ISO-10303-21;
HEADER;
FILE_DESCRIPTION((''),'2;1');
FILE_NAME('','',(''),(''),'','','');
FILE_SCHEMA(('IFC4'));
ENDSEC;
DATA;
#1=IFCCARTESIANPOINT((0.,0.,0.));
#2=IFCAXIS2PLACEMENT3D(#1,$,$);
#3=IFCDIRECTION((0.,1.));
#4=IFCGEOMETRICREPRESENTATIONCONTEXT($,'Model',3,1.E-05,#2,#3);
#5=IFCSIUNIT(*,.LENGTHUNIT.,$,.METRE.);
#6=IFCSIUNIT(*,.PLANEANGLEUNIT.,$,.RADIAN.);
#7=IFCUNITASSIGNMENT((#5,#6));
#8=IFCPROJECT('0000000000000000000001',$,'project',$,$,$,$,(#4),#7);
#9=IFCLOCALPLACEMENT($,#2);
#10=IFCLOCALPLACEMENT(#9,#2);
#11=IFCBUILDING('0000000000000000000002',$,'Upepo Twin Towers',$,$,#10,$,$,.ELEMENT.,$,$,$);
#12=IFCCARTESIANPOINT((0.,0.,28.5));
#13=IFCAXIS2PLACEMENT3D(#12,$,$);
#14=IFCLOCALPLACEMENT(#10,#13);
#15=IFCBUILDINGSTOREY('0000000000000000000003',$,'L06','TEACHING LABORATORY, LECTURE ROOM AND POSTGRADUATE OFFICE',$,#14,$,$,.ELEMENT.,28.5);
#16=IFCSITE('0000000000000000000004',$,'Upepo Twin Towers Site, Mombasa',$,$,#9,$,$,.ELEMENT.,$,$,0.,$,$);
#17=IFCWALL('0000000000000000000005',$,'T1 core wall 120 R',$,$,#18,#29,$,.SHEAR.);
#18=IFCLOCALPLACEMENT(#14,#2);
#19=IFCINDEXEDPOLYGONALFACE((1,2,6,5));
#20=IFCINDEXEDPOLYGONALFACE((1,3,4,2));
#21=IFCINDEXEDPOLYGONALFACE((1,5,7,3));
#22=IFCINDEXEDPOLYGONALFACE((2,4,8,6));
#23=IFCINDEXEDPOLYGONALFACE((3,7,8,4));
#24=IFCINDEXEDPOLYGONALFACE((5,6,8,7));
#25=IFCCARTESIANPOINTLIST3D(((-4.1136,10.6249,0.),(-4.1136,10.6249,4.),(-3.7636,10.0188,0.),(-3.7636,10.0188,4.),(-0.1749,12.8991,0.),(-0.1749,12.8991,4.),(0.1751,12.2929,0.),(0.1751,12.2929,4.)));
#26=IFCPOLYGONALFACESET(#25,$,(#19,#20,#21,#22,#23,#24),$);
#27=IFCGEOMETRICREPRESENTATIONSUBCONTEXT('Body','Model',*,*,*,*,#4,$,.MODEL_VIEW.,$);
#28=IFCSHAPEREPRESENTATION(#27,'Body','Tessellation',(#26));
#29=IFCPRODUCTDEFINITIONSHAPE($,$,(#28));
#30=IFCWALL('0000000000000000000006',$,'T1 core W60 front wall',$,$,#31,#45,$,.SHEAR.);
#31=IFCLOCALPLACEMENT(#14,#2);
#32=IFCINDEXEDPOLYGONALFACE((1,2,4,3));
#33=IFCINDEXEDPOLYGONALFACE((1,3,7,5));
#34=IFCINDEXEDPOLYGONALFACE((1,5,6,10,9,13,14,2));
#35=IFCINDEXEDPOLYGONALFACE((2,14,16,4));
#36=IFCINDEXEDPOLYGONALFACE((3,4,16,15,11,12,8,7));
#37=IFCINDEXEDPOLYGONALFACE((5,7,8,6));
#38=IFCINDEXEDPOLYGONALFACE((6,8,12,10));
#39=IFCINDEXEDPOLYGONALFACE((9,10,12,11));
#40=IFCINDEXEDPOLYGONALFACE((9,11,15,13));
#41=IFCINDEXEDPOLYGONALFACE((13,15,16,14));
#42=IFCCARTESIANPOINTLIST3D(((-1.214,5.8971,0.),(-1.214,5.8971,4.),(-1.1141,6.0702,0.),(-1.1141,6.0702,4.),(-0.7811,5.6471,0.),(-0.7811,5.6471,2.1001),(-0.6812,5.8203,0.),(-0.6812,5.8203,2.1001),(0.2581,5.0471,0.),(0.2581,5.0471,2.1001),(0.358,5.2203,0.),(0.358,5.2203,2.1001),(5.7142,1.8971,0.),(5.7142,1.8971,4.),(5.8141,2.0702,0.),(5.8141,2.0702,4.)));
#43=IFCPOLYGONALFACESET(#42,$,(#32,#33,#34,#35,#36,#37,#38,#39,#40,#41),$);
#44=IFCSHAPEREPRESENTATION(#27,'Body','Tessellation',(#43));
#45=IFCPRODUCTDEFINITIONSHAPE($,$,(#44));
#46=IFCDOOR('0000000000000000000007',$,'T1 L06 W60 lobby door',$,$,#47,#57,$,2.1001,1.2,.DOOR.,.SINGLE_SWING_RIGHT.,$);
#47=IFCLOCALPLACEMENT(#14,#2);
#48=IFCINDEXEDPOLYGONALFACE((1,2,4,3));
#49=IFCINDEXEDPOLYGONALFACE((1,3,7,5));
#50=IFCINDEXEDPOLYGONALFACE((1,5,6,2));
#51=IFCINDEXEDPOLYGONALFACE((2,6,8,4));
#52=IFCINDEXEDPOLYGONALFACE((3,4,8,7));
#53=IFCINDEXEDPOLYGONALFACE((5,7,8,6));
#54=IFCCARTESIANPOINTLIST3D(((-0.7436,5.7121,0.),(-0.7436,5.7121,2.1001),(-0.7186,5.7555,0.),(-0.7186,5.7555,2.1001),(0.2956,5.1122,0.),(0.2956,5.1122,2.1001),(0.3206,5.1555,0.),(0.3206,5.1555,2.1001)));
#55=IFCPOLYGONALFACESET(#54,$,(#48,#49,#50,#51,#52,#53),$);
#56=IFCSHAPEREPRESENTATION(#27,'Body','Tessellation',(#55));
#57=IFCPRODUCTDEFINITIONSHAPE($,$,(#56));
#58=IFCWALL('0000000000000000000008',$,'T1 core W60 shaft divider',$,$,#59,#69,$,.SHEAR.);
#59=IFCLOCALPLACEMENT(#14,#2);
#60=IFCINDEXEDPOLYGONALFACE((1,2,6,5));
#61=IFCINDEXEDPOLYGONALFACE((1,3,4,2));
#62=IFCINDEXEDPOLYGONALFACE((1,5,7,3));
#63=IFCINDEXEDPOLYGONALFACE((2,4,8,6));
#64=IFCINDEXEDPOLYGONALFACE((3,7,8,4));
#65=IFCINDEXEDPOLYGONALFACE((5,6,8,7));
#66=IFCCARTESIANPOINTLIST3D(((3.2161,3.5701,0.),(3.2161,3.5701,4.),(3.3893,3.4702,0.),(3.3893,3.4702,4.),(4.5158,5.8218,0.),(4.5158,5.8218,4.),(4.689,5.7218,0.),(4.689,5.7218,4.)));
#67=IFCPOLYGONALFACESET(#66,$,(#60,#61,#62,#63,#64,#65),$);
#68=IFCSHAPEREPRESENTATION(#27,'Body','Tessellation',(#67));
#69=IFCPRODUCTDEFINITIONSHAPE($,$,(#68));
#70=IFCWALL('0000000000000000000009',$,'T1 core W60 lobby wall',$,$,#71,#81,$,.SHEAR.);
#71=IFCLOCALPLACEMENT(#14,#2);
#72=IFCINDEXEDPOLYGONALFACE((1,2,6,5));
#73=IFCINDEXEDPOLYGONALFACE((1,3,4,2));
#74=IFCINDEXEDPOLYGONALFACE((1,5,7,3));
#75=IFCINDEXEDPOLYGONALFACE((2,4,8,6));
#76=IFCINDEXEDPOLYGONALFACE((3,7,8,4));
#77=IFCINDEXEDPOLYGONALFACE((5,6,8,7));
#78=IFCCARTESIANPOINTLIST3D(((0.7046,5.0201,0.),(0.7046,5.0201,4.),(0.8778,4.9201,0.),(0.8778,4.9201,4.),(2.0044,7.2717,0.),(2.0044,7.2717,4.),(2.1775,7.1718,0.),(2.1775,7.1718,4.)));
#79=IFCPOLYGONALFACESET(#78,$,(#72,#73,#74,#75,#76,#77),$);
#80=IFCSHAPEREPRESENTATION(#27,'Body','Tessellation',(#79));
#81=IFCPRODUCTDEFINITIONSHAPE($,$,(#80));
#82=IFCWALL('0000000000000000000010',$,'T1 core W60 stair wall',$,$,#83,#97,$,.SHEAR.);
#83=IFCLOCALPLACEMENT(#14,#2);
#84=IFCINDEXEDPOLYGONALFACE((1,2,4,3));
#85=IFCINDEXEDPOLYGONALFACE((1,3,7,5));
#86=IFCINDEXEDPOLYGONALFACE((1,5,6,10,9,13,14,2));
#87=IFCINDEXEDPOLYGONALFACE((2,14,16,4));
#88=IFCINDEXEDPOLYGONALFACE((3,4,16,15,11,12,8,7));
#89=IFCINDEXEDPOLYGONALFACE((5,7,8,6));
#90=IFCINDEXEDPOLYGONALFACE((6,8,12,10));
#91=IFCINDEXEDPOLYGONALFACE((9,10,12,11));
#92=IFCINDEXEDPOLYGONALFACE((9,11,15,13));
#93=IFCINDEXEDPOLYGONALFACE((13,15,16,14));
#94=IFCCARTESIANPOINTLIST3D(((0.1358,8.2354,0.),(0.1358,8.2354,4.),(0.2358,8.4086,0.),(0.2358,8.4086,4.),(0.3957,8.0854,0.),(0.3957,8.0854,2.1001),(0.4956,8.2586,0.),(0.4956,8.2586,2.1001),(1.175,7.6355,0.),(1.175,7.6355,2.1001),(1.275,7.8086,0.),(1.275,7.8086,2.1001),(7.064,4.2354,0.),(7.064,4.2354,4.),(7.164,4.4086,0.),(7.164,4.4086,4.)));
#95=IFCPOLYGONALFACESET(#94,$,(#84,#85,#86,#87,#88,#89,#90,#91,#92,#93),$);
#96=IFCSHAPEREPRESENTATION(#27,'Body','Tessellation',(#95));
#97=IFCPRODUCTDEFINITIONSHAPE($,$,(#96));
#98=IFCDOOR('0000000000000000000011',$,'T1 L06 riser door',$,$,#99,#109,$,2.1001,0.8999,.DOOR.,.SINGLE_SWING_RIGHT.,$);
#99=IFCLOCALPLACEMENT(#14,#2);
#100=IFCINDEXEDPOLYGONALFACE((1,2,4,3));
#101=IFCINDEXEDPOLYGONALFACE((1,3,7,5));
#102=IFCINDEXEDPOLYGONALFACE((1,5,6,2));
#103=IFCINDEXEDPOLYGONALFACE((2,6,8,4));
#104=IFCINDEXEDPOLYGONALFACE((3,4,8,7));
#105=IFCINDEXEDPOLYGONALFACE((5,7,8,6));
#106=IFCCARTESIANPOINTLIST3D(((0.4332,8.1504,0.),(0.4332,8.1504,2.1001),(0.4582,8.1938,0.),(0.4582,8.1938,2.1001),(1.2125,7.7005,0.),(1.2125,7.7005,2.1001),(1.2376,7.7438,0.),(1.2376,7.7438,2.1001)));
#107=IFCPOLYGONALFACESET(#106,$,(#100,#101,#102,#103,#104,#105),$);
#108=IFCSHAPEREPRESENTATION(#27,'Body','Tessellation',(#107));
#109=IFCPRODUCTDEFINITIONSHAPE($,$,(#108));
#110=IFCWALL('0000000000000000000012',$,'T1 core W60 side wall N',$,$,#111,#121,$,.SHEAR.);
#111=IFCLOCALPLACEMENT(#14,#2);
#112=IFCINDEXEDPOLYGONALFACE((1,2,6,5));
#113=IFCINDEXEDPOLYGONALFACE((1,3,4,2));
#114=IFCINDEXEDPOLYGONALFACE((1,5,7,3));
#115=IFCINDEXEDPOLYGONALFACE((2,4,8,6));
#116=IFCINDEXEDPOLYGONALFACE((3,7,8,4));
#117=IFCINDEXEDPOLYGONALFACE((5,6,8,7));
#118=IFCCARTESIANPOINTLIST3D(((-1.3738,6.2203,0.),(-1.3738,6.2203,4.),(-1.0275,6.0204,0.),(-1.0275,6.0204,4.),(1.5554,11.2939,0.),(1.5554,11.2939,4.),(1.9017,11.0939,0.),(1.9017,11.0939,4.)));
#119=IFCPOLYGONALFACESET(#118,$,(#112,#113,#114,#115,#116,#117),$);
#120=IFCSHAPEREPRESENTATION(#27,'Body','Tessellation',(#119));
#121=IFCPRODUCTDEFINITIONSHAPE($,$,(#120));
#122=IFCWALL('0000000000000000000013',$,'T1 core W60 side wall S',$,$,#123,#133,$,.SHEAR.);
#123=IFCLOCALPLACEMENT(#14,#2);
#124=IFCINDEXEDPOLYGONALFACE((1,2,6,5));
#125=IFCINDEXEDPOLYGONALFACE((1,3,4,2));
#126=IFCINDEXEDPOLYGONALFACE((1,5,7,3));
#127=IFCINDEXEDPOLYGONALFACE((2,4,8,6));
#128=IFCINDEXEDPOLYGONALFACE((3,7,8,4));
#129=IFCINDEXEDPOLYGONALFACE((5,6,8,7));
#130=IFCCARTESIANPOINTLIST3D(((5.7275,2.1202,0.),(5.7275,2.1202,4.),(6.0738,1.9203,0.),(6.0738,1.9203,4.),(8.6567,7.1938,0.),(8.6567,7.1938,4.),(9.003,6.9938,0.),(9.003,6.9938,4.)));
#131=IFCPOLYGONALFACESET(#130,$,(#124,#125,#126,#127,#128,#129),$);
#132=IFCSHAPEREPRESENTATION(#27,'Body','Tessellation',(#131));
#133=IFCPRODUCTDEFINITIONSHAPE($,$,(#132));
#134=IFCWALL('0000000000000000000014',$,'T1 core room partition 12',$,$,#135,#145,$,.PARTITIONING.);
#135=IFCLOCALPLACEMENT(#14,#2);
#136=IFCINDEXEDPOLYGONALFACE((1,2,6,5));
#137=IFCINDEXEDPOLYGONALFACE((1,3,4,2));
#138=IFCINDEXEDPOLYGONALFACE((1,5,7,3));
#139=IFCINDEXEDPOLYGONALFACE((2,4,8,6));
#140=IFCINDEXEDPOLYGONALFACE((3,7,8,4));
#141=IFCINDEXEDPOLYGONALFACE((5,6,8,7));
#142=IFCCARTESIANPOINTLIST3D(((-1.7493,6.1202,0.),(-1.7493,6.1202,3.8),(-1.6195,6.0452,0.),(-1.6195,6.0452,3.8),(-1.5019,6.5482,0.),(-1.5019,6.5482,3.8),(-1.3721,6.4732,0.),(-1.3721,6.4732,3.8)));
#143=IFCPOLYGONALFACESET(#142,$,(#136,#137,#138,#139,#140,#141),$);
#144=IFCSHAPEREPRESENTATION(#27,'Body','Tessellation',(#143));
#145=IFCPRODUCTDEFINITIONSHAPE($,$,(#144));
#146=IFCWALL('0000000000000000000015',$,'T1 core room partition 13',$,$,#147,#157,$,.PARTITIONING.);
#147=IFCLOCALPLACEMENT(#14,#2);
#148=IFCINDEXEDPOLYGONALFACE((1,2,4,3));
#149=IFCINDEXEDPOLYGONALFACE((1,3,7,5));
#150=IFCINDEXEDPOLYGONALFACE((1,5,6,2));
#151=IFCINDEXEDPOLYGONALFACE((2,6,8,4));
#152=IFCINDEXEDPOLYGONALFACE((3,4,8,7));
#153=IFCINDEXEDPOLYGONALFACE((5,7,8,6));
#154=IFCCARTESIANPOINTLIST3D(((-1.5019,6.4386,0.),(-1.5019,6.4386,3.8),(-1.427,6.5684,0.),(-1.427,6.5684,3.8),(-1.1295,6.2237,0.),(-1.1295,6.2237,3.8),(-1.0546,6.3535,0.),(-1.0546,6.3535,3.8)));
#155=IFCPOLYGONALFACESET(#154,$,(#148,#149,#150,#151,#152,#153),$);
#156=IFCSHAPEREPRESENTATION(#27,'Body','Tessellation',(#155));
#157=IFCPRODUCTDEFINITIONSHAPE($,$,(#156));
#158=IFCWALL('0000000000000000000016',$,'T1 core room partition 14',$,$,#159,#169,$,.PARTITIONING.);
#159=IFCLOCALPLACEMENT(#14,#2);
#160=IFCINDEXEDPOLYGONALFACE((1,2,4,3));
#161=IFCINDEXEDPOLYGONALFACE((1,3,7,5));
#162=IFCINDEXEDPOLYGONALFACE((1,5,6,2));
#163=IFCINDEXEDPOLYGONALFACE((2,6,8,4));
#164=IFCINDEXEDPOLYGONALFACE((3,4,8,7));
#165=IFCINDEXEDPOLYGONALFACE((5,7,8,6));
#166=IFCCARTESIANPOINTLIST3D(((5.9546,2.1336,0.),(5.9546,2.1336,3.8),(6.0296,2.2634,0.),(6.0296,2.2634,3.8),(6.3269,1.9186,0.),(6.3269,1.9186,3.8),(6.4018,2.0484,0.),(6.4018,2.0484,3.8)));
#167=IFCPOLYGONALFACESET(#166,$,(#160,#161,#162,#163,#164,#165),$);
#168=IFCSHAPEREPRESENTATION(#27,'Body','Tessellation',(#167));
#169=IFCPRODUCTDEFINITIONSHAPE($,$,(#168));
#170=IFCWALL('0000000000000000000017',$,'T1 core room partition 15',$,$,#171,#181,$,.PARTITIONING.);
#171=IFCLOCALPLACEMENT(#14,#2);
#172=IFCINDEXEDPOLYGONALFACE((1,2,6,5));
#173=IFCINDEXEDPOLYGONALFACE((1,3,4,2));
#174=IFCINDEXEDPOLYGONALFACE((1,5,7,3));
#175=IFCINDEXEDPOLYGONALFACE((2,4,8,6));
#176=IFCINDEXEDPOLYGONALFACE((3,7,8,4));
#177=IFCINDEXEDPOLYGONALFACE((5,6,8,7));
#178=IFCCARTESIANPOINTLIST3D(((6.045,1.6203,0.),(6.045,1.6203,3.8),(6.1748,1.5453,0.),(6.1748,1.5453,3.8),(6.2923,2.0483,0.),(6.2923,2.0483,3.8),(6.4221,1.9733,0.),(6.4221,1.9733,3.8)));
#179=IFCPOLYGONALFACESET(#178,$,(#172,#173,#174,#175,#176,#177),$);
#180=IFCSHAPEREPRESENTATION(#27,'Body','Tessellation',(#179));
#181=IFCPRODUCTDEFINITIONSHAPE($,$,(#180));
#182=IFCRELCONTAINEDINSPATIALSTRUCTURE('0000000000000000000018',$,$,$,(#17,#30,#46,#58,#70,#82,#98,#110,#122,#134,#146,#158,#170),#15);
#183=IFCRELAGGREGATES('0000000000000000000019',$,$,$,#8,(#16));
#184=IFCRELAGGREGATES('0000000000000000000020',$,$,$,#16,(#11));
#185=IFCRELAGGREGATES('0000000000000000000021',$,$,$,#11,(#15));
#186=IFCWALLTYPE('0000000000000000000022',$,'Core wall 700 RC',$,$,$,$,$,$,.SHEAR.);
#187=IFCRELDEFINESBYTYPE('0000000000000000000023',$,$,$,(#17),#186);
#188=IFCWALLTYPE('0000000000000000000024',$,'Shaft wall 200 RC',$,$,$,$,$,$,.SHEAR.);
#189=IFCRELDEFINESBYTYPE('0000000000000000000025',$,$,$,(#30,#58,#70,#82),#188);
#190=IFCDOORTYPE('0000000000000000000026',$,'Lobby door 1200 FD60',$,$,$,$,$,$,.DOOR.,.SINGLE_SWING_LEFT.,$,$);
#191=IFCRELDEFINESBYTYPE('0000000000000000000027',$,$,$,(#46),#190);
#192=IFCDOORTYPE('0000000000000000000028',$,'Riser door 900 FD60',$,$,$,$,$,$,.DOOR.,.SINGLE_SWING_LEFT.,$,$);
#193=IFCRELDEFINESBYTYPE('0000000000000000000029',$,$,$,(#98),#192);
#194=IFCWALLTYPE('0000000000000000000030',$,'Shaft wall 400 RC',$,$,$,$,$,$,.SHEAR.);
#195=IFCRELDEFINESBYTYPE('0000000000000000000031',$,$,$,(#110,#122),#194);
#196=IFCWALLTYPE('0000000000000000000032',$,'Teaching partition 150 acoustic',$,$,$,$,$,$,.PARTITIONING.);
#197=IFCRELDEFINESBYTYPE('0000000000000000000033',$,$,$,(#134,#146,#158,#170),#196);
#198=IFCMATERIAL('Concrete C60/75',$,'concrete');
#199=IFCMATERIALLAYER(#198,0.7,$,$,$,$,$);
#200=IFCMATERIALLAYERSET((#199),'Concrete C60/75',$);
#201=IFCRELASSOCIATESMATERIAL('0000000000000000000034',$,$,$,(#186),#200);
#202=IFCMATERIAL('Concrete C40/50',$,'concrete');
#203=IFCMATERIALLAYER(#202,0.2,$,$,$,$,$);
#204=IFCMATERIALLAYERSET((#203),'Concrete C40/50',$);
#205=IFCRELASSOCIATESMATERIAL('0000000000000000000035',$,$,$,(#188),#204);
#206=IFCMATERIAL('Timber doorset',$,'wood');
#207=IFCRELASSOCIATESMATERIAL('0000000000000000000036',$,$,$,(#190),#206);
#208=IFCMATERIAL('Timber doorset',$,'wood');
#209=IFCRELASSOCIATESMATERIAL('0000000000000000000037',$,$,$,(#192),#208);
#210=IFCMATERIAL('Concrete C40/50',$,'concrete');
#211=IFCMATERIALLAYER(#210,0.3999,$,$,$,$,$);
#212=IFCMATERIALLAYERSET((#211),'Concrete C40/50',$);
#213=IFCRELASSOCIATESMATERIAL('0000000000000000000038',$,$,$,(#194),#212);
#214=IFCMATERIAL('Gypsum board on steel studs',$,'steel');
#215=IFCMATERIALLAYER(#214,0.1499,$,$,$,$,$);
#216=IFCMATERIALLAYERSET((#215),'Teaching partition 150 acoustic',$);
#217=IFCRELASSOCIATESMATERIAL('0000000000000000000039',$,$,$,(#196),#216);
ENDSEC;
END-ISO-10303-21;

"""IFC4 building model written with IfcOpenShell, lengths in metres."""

from ifc_helpers import new_model, si_unit, direction, frame, frame_2d, origin, place, context, subcontext, project, spatial, rectangle, extrude, material, layer, layer_set, type_object, element, fill, save


model = new_model("IFC4")

# Units and contexts
model_context = context("Model", 3, precision=1e-05, world=origin(), true_north=direction((0.0, 1.0)))
body_context = subcontext(model_context, "Body", "Model", "MODEL_VIEW")
ifc_project = project(units=[si_unit("LENGTHUNIT", "METRE"), si_unit("PLANEANGLEUNIT", "RADIAN")], contexts=[model_context])

# Site, building, storey
site_placement = place(None, origin())
site = spatial("IfcSite", under=ifc_project, at=site_placement, Name="Upepo Twin Towers Site, Mombasa", CompositionType="ELEMENT", RefElevation=0.0)
building_placement = place(site_placement, origin())
building = spatial("IfcBuilding", under=site, at=building_placement, Name="Upepo Twin Towers", CompositionType="ELEMENT")
storey_placement = place(building_placement, frame((0.0, 0.0, 28.5)))
storey = spatial("IfcBuildingStorey", under=building, at=storey_placement, Name="L06", Description="TEACHING LABORATORY, LECTURE ROOM AND POSTGRADUATE OFFICE", CompositionType="ELEMENT", Elevation=28.5)

# Wall
ifc_material_1 = material(Name="Concrete C60/75", Category="concrete")
ifc_layer_1 = layer(ifc_material_1, 0.7)
ifc_layer_set_1 = layer_set([ifc_layer_1], Name="Concrete C60/75")
wall_type_1 = type_object("IfcWallType", Name="Core wall 700 RC", PredefinedType="SHEAR", material=ifc_layer_set_1)
wall_1_placement = place(storey_placement, frame((0.0, 12.5959, 0.0), z_axis=(0.0, 0.0, 1.0), x_axis=(-0.866011, -0.500024, 0.0)))
element("IfcWall", 1, at=wall_1_placement, inside=storey, type_object=wall_type_1, Name="T1 core wall 120 R", PredefinedType="SHEAR", context=body_context, shape_type="SweptSolid", body=[
    extrude(rectangle(XDim=4.5481, YDim=0.7, at=frame_2d((2.2739, 0.0))), origin(), (0.0, 0.0, 1.0), 4.0),
])

# Wall, opening, door
ifc_material_2 = material(Name="Concrete C40/50", Category="concrete")
ifc_layer_2 = layer(ifc_material_2, 0.2)
ifc_layer_set_2 = layer_set([ifc_layer_2], Name="Concrete C40/50")
wall_type_2 = type_object("IfcWallType", Name="Shaft wall 200 RC", PredefinedType="SHEAR", material=ifc_layer_set_2)
wall_2_placement = place(storey_placement, frame((5.7642, 1.9836, 0.0), z_axis=(0.0, 0.0, 1.0), x_axis=(-0.866026, 0.499999, 0.0)))
wall_2 = element("IfcWall", 2, at=wall_2_placement, inside=storey, type_object=wall_type_2, Name="T1 core W60 front wall", PredefinedType="SHEAR", context=body_context, shape_type="SweptSolid", body=[
    extrude(rectangle(XDim=8.0, YDim=0.2, at=frame_2d((4.0, 0.0))), origin(), (0.0, 0.0, 1.0), 4.0),
])
opening_1_placement = place(wall_2_placement, frame((6.3, 0.0, 0.0)))
opening_1 = element("IfcOpeningElement", 3, at=opening_1_placement, cuts=wall_2, PredefinedType="OPENING", context=body_context, shape_type="SweptSolid", body=[
    extrude(rectangle(XDim=1.2, YDim=2.1001, at=frame_2d((0.6001, 1.05))), frame((0.0, 0.1099, 0.0), z_axis=(0.0, -1.0, 0.0), x_axis=(1.0, 0.0, 0.0)), (0.0, 0.0, 1.0), 0.22),
])
ifc_material_3 = material(Name="Timber doorset", Category="wood")
door_type_1 = type_object("IfcDoorType", Name="Lobby door 1200 FD60", OperationType="SINGLE_SWING_LEFT", PredefinedType="DOOR", material=ifc_material_3)
door_1_placement = place(opening_1_placement, origin())
door_1 = element("IfcDoor", 4, at=door_1_placement, inside=storey, type_object=door_type_1, Name="T1 L06 W60 lobby door", OperationType="SINGLE_SWING_RIGHT", OverallHeight=2.1001, OverallWidth=1.2, PredefinedType="DOOR", context=body_context, shape_type="SweptSolid", body=[
    extrude(rectangle(XDim=1.2, YDim=2.1001, at=frame_2d((0.6001, 1.05))), frame((0.0, 0.0249, 0.0), z_axis=(0.0, -1.0, 0.0), x_axis=(1.0, 0.0, 0.0)), (0.0, 0.0, 1.0), 0.05),
])
fill(opening_1, door_1)

# Walls
for number, where, z_axis, x_axis, name in (
    (5, (3.3027, 3.5203, 0.0), (0.0, 0.0, 1.0), (0.499937, 0.866062, 0.0), "T1 core W60 shaft divider"),
    (6, (0.7913, 4.9702, 0.0), (0.0, 0.0, 1.0), (0.499937, 0.866062, 0.0), "T1 core W60 lobby wall"),
):
    element("IfcWall", number, at=place(storey_placement, frame(where, z_axis=z_axis, x_axis=x_axis)), inside=storey, type_object=wall_type_2, Name=name, PredefinedType="SHEAR", context=body_context, shape_type="SweptSolid", body=[
        extrude(rectangle(XDim=2.5999, YDim=0.2, at=frame_2d((1.2998, 0.0))), origin(), (0.0, 0.0, 1.0), 4.0),
    ])

# Wall, opening, door
wall_3_placement = place(storey_placement, frame((7.114, 4.322, 0.0), z_axis=(0.0, 0.0, 1.0), x_axis=(-0.866026, 0.499999, 0.0)))
wall_3 = element("IfcWall", 7, at=wall_3_placement, inside=storey, type_object=wall_type_2, Name="T1 core W60 stair wall", PredefinedType="SHEAR", context=body_context, shape_type="SweptSolid", body=[
    extrude(rectangle(XDim=8.0, YDim=0.2, at=frame_2d((4.0, 0.0))), origin(), (0.0, 0.0, 1.0), 4.0),
])
opening_2_placement = place(wall_3_placement, frame((6.8, 0.0, 0.0)))
opening_2 = element("IfcOpeningElement", 8, at=opening_2_placement, cuts=wall_3, PredefinedType="OPENING", context=body_context, shape_type="SweptSolid", body=[
    extrude(rectangle(XDim=0.8999, YDim=2.1001, at=frame_2d((0.45, 1.05))), frame((0.0, 0.1099, 0.0), z_axis=(0.0, -1.0, 0.0), x_axis=(1.0, 0.0, 0.0)), (0.0, 0.0, 1.0), 0.22),
])
ifc_material_4 = material(Name="Timber doorset", Category="wood")
door_type_2 = type_object("IfcDoorType", Name="Riser door 900 FD60", OperationType="SINGLE_SWING_LEFT", PredefinedType="DOOR", material=ifc_material_4)
door_2_placement = place(opening_2_placement, origin())
door_2 = element("IfcDoor", 9, at=door_2_placement, inside=storey, type_object=door_type_2, Name="T1 L06 riser door", OperationType="SINGLE_SWING_RIGHT", OverallHeight=2.1001, OverallWidth=0.8999, PredefinedType="DOOR", context=body_context, shape_type="SweptSolid", body=[
    extrude(rectangle(XDim=0.8999, YDim=2.1001, at=frame_2d((0.45, 1.05))), frame((0.0, 0.0249, 0.0), z_axis=(0.0, -1.0, 0.0), x_axis=(1.0, 0.0, 0.0)), (0.0, 0.0, 1.0), 0.05),
])
fill(opening_2, door_2)

# Walls
ifc_material_5 = material(Name="Concrete C40/50", Category="concrete")
ifc_layer_3 = layer(ifc_material_5, 0.3999)
ifc_layer_set_3 = layer_set([ifc_layer_3], Name="Concrete C40/50")
wall_type_3 = type_object("IfcWallType", Name="Shaft wall 400 RC", PredefinedType="SHEAR", material=ifc_layer_set_3)
for number, where, z_axis, x_axis, name in (
    (10, (-1.2007, 6.1204, 0.0), (0.0, 0.0, 1.0), (0.500003, 0.866024, 0.0), "T1 core W60 side wall N"),
    (11, (5.9006, 2.0203, 0.0), (0.0, 0.0, 1.0), (0.500003, 0.866024, 0.0), "T1 core W60 side wall S"),
):
    element("IfcWall", number, at=place(storey_placement, frame(where, z_axis=z_axis, x_axis=x_axis)), inside=storey, type_object=wall_type_3, Name=name, PredefinedType="SHEAR", context=body_context, shape_type="SweptSolid", body=[
        extrude(rectangle(XDim=5.8584, YDim=0.3999, at=frame_2d((2.9292, 0.0))), origin(), (0.0, 0.0, 1.0), 4.0),
    ])
ifc_material_6 = material(Name="Gypsum board on steel studs", Category="steel")
ifc_layer_4 = layer(ifc_material_6, 0.1499)
ifc_layer_set_4 = layer_set([ifc_layer_4], Name="Teaching partition 150 acoustic")
wall_type_4 = type_object("IfcWallType", Name="Teaching partition 150 acoustic", PredefinedType="PARTITIONING", material=ifc_layer_set_4)
wall_4_placement = place(storey_placement, frame((-1.6843, 6.0828, 0.0), z_axis=(0.0, 0.0, 1.0), x_axis=(0.500335, 0.865832, 0.0)))
element("IfcWall", 12, at=wall_4_placement, inside=storey, type_object=wall_type_4, Name="T1 core room partition 12", PredefinedType="PARTITIONING", context=body_context, shape_type="SweptSolid", body=[
    extrude(rectangle(XDim=0.4944, YDim=0.1499, at=frame_2d((0.2471, 0.0))), origin(), (0.0, 0.0, 1.0), 3.8),
])
for number, where, z_axis, x_axis, name in (
    (13, (-1.4644, 6.5034, 0.0), (0.0, 0.0, 1.0), (0.866138, -0.499804, 0.0), "T1 core room partition 13"),
    (14, (5.9922, 2.1985, 0.0), (0.0, 0.0, 1.0), (0.865892, -0.50023, 0.0), "T1 core room partition 14"),
):
    element("IfcWall", number, at=place(storey_placement, frame(where, z_axis=z_axis, x_axis=x_axis)), inside=storey, type_object=wall_type_4, Name=name, PredefinedType="PARTITIONING", context=body_context, shape_type="SweptSolid", body=[
        extrude(rectangle(XDim=0.4299, YDim=0.1499, at=frame_2d((0.2148, 0.0))), origin(), (0.0, 0.0, 1.0), 3.8),
    ])
wall_5_placement = place(storey_placement, frame((6.3572, 2.0107, 0.0), z_axis=(0.0, 0.0, 1.0), x_axis=(-0.500335, -0.865832, 0.0)))
element("IfcWall", 15, at=wall_5_placement, inside=storey, type_object=wall_type_4, Name="T1 core room partition 15", PredefinedType="PARTITIONING", context=body_context, shape_type="SweptSolid", body=[
    extrude(rectangle(XDim=0.4944, YDim=0.1499, at=frame_2d((0.2471, 0.0))), origin(), (0.0, 0.0, 1.0), 3.8),
])

save(model, "model.ifc")
